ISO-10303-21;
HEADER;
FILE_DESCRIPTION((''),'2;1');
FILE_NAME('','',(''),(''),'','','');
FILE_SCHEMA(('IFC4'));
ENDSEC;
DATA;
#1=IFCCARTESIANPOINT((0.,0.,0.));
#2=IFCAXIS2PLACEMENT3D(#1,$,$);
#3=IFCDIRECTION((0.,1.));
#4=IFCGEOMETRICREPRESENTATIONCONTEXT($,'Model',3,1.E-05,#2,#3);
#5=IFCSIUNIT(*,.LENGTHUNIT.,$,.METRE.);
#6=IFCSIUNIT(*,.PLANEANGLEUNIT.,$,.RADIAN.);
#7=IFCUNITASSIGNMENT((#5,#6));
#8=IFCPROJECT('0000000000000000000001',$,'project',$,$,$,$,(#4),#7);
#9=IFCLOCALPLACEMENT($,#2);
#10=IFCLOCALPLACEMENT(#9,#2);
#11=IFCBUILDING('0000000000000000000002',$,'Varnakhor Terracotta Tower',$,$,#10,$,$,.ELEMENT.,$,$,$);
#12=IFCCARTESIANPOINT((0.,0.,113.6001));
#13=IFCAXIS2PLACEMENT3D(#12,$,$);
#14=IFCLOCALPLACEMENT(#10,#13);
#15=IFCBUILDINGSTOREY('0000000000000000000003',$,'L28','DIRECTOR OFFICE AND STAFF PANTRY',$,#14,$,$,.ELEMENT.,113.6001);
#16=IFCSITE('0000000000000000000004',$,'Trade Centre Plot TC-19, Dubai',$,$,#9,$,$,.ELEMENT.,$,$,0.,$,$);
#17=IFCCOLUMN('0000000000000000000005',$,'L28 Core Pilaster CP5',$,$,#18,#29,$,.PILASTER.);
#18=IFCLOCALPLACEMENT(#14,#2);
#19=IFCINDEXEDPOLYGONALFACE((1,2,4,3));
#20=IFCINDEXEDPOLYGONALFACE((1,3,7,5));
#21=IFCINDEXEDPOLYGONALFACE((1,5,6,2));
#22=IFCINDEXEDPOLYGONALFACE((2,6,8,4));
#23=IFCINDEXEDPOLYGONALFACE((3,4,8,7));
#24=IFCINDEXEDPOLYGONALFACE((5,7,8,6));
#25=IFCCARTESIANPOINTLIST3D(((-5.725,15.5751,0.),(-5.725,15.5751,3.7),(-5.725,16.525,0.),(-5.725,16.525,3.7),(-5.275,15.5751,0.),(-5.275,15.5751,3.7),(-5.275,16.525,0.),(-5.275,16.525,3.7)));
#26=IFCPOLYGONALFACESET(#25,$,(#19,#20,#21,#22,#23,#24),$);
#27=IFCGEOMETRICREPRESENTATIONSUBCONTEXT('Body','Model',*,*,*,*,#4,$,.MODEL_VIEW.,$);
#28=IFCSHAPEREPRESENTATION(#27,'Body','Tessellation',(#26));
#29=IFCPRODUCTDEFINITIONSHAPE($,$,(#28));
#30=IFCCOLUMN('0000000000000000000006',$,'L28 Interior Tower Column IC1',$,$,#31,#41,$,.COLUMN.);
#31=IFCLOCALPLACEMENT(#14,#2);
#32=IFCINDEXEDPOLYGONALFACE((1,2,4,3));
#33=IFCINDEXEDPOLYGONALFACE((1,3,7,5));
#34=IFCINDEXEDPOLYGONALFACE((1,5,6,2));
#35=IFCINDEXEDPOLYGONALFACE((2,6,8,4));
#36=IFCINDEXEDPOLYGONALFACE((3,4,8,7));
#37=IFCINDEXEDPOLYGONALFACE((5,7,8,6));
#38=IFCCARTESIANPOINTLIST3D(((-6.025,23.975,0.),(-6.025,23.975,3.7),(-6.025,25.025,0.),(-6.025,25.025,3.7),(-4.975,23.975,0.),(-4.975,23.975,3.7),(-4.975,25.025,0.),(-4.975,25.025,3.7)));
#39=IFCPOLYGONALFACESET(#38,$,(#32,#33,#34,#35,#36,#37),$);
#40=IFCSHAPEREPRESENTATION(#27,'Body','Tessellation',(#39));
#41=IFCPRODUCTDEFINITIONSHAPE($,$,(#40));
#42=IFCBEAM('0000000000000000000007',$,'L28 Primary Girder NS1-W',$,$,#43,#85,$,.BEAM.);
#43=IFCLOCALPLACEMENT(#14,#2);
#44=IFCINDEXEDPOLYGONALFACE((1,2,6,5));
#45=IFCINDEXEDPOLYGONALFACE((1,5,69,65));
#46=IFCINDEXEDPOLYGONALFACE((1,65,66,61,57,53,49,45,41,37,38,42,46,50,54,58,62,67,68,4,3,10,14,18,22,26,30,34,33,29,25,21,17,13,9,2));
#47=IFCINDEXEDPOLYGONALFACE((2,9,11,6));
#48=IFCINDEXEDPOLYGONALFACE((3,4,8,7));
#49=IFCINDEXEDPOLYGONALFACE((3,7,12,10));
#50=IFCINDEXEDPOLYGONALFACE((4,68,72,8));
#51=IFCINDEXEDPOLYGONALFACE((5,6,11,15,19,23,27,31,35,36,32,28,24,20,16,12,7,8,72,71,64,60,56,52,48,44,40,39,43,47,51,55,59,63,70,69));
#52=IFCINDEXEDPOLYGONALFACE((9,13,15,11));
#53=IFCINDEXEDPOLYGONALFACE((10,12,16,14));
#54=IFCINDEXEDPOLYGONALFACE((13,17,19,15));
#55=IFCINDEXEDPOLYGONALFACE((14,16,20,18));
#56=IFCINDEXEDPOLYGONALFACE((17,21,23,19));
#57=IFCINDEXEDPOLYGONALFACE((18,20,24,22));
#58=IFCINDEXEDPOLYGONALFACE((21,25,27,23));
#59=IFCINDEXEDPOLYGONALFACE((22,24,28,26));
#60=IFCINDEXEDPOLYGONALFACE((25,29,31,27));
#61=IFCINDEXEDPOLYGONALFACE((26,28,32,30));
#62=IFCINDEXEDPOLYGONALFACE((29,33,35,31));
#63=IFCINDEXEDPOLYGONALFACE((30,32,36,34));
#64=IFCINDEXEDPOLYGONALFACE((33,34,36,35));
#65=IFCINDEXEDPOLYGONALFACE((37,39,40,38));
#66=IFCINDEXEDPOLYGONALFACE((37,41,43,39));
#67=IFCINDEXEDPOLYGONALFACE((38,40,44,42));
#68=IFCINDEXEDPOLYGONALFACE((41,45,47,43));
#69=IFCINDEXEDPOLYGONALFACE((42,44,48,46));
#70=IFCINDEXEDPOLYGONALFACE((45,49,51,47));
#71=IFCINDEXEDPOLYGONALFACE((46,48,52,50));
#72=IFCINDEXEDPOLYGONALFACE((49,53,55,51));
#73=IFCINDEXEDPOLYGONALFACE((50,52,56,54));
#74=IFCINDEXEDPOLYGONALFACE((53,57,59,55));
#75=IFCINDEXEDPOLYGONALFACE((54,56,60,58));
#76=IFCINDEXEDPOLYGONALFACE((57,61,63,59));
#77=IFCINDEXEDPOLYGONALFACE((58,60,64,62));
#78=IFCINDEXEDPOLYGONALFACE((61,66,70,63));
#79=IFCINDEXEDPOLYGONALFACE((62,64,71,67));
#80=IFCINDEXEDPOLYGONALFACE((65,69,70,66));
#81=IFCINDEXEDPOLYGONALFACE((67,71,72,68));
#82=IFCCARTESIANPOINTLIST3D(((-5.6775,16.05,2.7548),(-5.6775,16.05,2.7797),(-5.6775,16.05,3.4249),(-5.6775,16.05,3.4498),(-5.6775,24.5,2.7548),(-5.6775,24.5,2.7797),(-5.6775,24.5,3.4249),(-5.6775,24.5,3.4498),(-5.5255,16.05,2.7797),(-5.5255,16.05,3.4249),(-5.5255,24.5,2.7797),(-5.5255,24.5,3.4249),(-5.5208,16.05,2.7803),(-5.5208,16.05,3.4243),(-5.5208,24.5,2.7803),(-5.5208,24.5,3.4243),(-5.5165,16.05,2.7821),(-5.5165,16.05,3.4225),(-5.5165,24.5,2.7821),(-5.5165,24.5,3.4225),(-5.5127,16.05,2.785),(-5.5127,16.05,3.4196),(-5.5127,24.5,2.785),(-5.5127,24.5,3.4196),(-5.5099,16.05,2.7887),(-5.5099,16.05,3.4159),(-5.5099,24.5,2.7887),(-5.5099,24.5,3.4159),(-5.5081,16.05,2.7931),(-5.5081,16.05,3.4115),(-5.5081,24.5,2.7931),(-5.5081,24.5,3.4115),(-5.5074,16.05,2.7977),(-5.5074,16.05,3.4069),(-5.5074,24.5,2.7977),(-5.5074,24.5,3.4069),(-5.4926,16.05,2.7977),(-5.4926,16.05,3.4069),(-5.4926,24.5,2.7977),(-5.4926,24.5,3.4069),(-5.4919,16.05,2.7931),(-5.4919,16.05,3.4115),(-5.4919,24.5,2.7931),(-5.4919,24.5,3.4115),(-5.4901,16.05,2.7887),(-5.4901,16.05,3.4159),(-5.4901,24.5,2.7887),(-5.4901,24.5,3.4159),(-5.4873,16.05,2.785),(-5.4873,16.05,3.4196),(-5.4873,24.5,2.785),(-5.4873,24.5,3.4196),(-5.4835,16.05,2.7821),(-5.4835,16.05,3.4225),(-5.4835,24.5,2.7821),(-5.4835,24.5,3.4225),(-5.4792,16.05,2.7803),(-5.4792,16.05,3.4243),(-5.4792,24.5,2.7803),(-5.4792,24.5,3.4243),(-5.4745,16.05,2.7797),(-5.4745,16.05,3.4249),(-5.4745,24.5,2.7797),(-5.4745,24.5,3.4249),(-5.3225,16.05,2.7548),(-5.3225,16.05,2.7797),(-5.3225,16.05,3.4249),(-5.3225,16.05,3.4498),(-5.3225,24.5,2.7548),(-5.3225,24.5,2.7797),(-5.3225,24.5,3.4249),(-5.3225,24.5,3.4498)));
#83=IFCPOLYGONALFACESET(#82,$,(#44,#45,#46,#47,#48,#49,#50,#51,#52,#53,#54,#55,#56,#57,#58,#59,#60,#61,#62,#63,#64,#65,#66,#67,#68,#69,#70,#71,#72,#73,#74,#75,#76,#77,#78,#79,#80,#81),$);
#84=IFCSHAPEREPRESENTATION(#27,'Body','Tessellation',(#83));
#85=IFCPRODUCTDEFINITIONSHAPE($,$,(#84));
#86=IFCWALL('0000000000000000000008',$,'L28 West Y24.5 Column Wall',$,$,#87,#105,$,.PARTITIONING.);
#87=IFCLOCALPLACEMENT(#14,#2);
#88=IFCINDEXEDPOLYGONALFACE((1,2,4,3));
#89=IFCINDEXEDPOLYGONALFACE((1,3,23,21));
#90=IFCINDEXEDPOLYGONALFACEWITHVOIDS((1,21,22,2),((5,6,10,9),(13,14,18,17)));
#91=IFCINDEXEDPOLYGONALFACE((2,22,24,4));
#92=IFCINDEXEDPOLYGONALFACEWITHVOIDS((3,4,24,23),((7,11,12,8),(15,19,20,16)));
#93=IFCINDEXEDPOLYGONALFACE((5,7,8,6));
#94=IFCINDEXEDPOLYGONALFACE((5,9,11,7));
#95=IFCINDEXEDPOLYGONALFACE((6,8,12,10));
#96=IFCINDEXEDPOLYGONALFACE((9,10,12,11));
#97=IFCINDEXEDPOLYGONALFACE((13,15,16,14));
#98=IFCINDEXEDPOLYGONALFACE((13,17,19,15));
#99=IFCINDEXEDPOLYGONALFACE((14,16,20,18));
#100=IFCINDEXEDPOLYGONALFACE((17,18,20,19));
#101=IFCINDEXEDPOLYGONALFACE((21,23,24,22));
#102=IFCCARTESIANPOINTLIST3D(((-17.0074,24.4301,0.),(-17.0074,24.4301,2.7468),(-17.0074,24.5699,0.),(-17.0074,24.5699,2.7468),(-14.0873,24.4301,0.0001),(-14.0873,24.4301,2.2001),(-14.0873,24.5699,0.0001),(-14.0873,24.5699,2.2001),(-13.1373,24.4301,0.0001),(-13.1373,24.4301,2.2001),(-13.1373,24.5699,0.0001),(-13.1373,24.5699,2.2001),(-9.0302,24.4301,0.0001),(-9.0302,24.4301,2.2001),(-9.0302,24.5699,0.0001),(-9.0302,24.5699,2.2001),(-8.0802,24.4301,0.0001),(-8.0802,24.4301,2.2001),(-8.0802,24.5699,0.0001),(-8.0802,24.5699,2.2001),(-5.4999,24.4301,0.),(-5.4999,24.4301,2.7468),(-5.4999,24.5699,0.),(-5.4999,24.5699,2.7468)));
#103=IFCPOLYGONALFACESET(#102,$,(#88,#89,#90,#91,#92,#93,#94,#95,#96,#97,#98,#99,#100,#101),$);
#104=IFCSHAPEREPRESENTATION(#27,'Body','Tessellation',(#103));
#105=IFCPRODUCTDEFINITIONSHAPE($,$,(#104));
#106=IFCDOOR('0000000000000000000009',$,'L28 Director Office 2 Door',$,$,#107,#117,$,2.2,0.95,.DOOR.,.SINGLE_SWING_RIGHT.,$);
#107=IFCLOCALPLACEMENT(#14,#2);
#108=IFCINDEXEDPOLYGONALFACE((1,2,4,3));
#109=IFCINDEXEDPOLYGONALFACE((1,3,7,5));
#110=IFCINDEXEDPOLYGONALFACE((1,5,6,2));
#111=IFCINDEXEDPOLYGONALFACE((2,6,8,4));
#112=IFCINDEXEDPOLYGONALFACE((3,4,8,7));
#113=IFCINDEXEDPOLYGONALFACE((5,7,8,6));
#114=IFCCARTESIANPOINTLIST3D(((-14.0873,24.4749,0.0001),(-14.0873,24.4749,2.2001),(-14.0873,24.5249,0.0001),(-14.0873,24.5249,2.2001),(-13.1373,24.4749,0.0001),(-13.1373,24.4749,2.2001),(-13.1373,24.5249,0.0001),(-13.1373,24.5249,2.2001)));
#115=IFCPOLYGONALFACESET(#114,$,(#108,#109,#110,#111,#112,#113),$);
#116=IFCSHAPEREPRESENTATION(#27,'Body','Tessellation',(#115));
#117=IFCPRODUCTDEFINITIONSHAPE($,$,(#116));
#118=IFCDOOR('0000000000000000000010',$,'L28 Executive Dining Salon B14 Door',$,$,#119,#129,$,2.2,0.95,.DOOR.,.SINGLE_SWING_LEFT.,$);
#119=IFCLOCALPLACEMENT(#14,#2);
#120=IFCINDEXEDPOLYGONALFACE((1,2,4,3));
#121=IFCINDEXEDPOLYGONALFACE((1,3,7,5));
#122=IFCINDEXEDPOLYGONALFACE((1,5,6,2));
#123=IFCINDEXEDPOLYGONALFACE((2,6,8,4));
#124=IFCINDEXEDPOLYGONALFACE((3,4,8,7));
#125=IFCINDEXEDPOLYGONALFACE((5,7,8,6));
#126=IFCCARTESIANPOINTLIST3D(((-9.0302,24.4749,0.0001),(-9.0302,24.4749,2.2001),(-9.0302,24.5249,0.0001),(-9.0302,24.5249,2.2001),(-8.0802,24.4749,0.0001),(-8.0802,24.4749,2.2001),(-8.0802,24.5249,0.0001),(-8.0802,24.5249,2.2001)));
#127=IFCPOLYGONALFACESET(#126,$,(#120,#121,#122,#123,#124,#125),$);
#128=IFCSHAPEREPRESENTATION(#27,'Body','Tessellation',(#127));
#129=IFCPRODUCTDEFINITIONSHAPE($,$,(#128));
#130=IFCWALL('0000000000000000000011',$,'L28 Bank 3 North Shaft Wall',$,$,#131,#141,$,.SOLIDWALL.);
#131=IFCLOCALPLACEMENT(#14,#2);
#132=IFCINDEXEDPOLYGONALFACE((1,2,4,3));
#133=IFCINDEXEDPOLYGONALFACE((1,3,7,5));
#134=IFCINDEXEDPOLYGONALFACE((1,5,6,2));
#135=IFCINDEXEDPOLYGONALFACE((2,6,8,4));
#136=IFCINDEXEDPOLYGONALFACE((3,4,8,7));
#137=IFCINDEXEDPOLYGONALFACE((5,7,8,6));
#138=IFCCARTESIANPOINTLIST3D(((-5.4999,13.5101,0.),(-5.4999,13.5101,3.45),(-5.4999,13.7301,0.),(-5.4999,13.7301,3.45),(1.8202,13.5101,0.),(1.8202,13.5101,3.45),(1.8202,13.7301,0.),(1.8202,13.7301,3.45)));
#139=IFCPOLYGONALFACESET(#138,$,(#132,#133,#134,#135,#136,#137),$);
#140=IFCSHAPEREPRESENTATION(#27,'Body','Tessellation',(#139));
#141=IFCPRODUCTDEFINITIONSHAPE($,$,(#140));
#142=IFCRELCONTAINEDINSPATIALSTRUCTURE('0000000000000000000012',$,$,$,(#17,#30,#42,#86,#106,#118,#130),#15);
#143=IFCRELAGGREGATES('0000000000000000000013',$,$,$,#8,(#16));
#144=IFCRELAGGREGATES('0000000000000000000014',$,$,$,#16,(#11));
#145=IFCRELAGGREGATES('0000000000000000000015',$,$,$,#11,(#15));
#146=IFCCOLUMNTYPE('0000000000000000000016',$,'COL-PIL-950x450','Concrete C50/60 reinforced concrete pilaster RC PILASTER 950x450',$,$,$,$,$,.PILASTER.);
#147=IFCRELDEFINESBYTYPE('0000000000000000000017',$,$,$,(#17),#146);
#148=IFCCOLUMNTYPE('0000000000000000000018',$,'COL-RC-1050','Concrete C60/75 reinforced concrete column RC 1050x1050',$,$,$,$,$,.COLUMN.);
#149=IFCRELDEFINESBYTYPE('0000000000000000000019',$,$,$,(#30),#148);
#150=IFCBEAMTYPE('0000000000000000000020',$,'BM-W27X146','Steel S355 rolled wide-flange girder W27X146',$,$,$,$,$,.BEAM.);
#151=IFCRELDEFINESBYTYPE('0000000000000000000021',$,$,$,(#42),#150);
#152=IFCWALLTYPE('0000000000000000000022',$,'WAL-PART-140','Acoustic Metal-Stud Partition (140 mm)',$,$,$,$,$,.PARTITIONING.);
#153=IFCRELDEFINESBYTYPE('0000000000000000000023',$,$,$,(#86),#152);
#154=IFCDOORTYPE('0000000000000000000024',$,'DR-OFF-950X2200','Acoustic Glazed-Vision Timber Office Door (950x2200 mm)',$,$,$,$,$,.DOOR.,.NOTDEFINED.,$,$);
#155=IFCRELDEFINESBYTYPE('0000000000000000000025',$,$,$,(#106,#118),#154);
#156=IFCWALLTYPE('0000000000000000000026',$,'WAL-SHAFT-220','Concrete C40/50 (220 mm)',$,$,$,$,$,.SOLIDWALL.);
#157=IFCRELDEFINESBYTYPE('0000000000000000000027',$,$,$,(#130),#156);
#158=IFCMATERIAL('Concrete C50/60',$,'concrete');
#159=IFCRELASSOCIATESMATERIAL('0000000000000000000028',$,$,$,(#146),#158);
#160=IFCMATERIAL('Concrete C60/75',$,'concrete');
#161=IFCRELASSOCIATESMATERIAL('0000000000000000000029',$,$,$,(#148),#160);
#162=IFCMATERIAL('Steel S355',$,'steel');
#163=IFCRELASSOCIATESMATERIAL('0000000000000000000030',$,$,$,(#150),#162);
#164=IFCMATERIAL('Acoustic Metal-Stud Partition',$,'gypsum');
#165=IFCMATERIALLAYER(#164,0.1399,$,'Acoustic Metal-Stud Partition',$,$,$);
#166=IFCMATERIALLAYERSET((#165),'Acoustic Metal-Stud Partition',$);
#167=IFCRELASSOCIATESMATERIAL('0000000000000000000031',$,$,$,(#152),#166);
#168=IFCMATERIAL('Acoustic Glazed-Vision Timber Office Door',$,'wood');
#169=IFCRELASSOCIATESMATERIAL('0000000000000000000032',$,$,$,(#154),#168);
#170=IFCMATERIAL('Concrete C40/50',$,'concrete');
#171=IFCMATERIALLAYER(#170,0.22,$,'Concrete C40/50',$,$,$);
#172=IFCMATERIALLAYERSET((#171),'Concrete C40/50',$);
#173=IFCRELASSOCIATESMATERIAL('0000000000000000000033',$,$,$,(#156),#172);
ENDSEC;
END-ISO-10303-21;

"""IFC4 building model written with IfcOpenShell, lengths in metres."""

from ifc_helpers import new_model, si_unit, direction, frame, frame_2d, origin, origin_2d, place, context, subcontext, project, spatial, rectangle, i_section, extrude, source, transform, mapped, material, layer, layer_set, material_profile, profile_set, type_object, type_shapes, element, fill, save


model = new_model("IFC4")

# Units and contexts
model_context = context("Model", 3, precision=1e-05, world=origin(), true_north=direction((0.0, 1.0)))
body_context = subcontext(model_context, "Body", "Model", "MODEL_VIEW")
ifc_project = project(units=[si_unit("LENGTHUNIT", "METRE"), si_unit("PLANEANGLEUNIT", "RADIAN")], contexts=[model_context])

# Site, building, storey
site_placement = place(None, origin())
site = spatial("IfcSite", under=ifc_project, at=site_placement, Name="Trade Centre Plot TC-19, Dubai", CompositionType="ELEMENT", RefElevation=0.0)
building_placement = place(site_placement, origin())
building = spatial("IfcBuilding", under=site, at=building_placement, Name="Varnakhor Terracotta Tower", CompositionType="ELEMENT")
storey_placement = place(building_placement, frame((0.0, 0.0, 113.6001)))
storey = spatial("IfcBuildingStorey", under=building, at=storey_placement, Name="L28", Description="DIRECTOR OFFICE AND STAFF PANTRY", CompositionType="ELEMENT", Elevation=113.6001)

# Columns
ifc_material_1 = material(Name="Concrete C50/60", Category="concrete")
ifc_material_profile_1 = material_profile(ifc_material_1, rectangle(XDim=0.45, YDim=0.95, at=origin_2d()), Name="RC PILASTER 950x450")
ifc_profile_set_1 = profile_set([ifc_material_profile_1], Name="Concrete C50/60")
column_type_1 = type_object("IfcColumnType", Name="COL-PIL-950x450", Description="Concrete C50/60 reinforced concrete pilaster RC PILASTER 950x450", PredefinedType="PILASTER", material=ifc_profile_set_1)
shared_shape_1 = source(origin(), body_context, "Body", "SweptSolid", [
    extrude(rectangle(XDim=0.45, YDim=0.95, at=origin_2d()), origin(), (0.0, 0.0, 1.0), 3.7),
])
column_1_placement = place(storey_placement, frame((-5.5, 16.05, 0.0), z_axis=(0.0, 0.0, 1.0), x_axis=(1.0, 0.0, 0.0)))
element("IfcColumn", 1, at=column_1_placement, inside=storey, type_object=column_type_1, Name="L28 Core Pilaster CP5", PredefinedType="PILASTER", context=body_context, shape_type="MappedRepresentation", body=[
    mapped(shared_shape_1, transform((0.0, 0.0, 0.0), scale=1.0)),
])
ifc_material_2 = material(Name="Concrete C60/75", Category="concrete")
ifc_material_profile_2 = material_profile(ifc_material_2, rectangle(XDim=1.05, YDim=1.05, at=origin_2d()), Name="RC 1050x1050")
ifc_profile_set_2 = profile_set([ifc_material_profile_2], Name="Concrete C60/75")
column_type_2 = type_object("IfcColumnType", Name="COL-RC-1050", Description="Concrete C60/75 reinforced concrete column RC 1050x1050", PredefinedType="COLUMN", material=ifc_profile_set_2)
shared_shape_2 = source(origin(), body_context, "Body", "SweptSolid", [
    extrude(rectangle(XDim=1.05, YDim=1.05, at=origin_2d()), origin(), (0.0, 0.0, 1.0), 3.7),
])
column_2_placement = place(storey_placement, frame((-5.5, 24.5, 0.0), z_axis=(0.0, 0.0, 1.0), x_axis=(1.0, 0.0, 0.0)))
element("IfcColumn", 2, at=column_2_placement, inside=storey, type_object=column_type_2, Name="L28 Interior Tower Column IC1", PredefinedType="COLUMN", context=body_context, shape_type="MappedRepresentation", body=[
    mapped(shared_shape_2, transform((0.0, 0.0, 0.0), scale=1.0)),
])

# Beam
ifc_material_3 = material(Name="Steel S355", Category="steel")
ifc_material_profile_3 = material_profile(ifc_material_3, i_section(OverallWidth=0.355, OverallDepth=0.6951, WebThickness=0.0149, FlangeThickness=0.0249, FilletRadius=0.0181, at=origin_2d()), Name="W27X146")
ifc_profile_set_3 = profile_set([ifc_material_profile_3], Name="Steel S355")
beam_type = type_object("IfcBeamType", Name="BM-W27X146", Description="Steel S355 rolled wide-flange girder W27X146", PredefinedType="BEAM", material=ifc_profile_set_3)
shared_shape_3 = source(origin(), body_context, "Body", "SweptSolid", [
    extrude(i_section(OverallWidth=0.355, OverallDepth=0.6951, WebThickness=0.0149, FlangeThickness=0.0249, FilletRadius=0.0181, at=origin_2d()), origin(), (0.0, 0.0, 1.0), 8.45),
])
type_shapes(beam_type, [shared_shape_3])
beam_placement = place(storey_placement, frame((-5.5, 16.05, 3.1023), z_axis=(0.0, 1.0, 0.0), x_axis=(-1.0, 0.0, 0.0)))
element("IfcBeam", 3, at=beam_placement, inside=storey, type_object=beam_type, Name="L28 Primary Girder NS1-W", PredefinedType="BEAM", context=body_context, shape_type="MappedRepresentation", body=[
    mapped(shared_shape_3, transform((0.0, 0.0, 0.0), scale=1.0)),
])

# Wall, openings, doors
ifc_material_4 = material(Name="Acoustic Metal-Stud Partition", Category="gypsum")
ifc_layer_1 = layer(ifc_material_4, 0.1399, Name="Acoustic Metal-Stud Partition")
ifc_layer_set_1 = layer_set([ifc_layer_1], Name="Acoustic Metal-Stud Partition")
wall_type_1 = type_object("IfcWallType", Name="WAL-PART-140", Description="Acoustic Metal-Stud Partition (140 mm)", PredefinedType="PARTITIONING", material=ifc_layer_set_1)
wall_1_placement = place(storey_placement, frame((-17.0076, 24.5, 0.0), z_axis=(0.0, 0.0, 1.0), x_axis=(1.0, 0.0, 0.0)))
wall_1 = element("IfcWall", 4, at=wall_1_placement, inside=storey, type_object=wall_type_1, Name="L28 West Y24.5 Column Wall", PredefinedType="PARTITIONING", context=body_context, shape_type="SweptSolid", body=[
    extrude(rectangle(XDim=11.5076, YDim=0.1399, at=frame_2d((5.7539, 0.0))), origin(), (0.0, 0.0, 1.0), 2.7468),
])
opening_1_placement = place(wall_1_placement, frame((2.9202, 0.0, 0.0)))
opening_1 = element("IfcOpeningElement", 5, at=opening_1_placement, cuts=wall_1, PredefinedType="OPENING", context=body_context, shape_type="SweptSolid", body=[
    extrude(rectangle(XDim=0.95, YDim=2.2, at=frame_2d((0.4751, 1.1001))), frame((0.0, 0.0801, 0.0), z_axis=(0.0, -1.0, 0.0), x_axis=(1.0, 0.0, 0.0)), (0.0, 0.0, 1.0), 0.1599),
])
opening_2_placement = place(wall_1_placement, frame((7.9773, 0.0, 0.0)))
opening_2 = element("IfcOpeningElement", 6, at=opening_2_placement, cuts=wall_1, PredefinedType="OPENING", context=body_context, shape_type="SweptSolid", body=[
    extrude(rectangle(XDim=0.95, YDim=2.2, at=frame_2d((0.4751, 1.1001))), frame((0.0, 0.0801, 0.0), z_axis=(0.0, -1.0, 0.0), x_axis=(1.0, 0.0, 0.0)), (0.0, 0.0, 1.0), 0.1599),
])
ifc_material_5 = material(Name="Acoustic Glazed-Vision Timber Office Door", Category="wood")
door_type_1 = type_object("IfcDoorType", Name="DR-OFF-950X2200", Description="Acoustic Glazed-Vision Timber Office Door (950x2200 mm)", OperationType="NOTDEFINED", PredefinedType="DOOR", material=ifc_material_5)
shared_shape_4 = source(origin(), body_context, "Body", "SweptSolid", [
    extrude(rectangle(XDim=0.95, YDim=2.2, at=frame_2d((0.4751, 1.1001))), frame((0.0, 0.0249, 0.0), z_axis=(0.0, -1.0, 0.0), x_axis=(1.0, 0.0, 0.0)), (0.0, 0.0, 1.0), 0.05),
])
type_shapes(door_type_1, [shared_shape_4])
door_1_placement = place(opening_1_placement, origin())
door_1 = element("IfcDoor", 7, at=door_1_placement, inside=storey, type_object=door_type_1, Name="L28 Director Office 2 Door", OperationType="SINGLE_SWING_RIGHT", OverallHeight=2.2, OverallWidth=0.95, PredefinedType="DOOR", context=body_context, shape_type="MappedRepresentation", body=[
    mapped(shared_shape_4, transform((0.0, 0.0, 0.0), scale=1.0)),
])
fill(opening_1, door_1)
door_2_placement = place(opening_2_placement, origin())
door_2 = element("IfcDoor", 8, at=door_2_placement, inside=storey, type_object=door_type_1, Name="L28 Executive Dining Salon B14 Door", OperationType="SINGLE_SWING_LEFT", OverallHeight=2.2, OverallWidth=0.95, PredefinedType="DOOR", context=body_context, shape_type="MappedRepresentation", body=[
    mapped(shared_shape_4, transform((0.0, 0.0, 0.0), scale=1.0)),
])
fill(opening_2, door_2)

# Wall
ifc_material_6 = material(Name="Concrete C40/50", Category="concrete")
ifc_layer_2 = layer(ifc_material_6, 0.22, Name="Concrete C40/50")
ifc_layer_set_2 = layer_set([ifc_layer_2], Name="Concrete C40/50")
wall_type_2 = type_object("IfcWallType", Name="WAL-SHAFT-220", Description="Concrete C40/50 (220 mm)", PredefinedType="SOLIDWALL", material=ifc_layer_set_2)
wall_2_placement = place(storey_placement, frame((-5.5, 13.6201, 0.0), z_axis=(0.0, 0.0, 1.0), x_axis=(1.0, 0.0, 0.0)))
element("IfcWall", 9, at=wall_2_placement, inside=storey, type_object=wall_type_2, Name="L28 Bank 3 North Shaft Wall", PredefinedType="SOLIDWALL", context=body_context, shape_type="SweptSolid", body=[
    extrude(rectangle(XDim=7.3201, YDim=0.22, at=frame_2d((3.6602, 0.0))), origin(), (0.0, 0.0, 1.0), 3.45),
])

save(model, "model.ifc")
